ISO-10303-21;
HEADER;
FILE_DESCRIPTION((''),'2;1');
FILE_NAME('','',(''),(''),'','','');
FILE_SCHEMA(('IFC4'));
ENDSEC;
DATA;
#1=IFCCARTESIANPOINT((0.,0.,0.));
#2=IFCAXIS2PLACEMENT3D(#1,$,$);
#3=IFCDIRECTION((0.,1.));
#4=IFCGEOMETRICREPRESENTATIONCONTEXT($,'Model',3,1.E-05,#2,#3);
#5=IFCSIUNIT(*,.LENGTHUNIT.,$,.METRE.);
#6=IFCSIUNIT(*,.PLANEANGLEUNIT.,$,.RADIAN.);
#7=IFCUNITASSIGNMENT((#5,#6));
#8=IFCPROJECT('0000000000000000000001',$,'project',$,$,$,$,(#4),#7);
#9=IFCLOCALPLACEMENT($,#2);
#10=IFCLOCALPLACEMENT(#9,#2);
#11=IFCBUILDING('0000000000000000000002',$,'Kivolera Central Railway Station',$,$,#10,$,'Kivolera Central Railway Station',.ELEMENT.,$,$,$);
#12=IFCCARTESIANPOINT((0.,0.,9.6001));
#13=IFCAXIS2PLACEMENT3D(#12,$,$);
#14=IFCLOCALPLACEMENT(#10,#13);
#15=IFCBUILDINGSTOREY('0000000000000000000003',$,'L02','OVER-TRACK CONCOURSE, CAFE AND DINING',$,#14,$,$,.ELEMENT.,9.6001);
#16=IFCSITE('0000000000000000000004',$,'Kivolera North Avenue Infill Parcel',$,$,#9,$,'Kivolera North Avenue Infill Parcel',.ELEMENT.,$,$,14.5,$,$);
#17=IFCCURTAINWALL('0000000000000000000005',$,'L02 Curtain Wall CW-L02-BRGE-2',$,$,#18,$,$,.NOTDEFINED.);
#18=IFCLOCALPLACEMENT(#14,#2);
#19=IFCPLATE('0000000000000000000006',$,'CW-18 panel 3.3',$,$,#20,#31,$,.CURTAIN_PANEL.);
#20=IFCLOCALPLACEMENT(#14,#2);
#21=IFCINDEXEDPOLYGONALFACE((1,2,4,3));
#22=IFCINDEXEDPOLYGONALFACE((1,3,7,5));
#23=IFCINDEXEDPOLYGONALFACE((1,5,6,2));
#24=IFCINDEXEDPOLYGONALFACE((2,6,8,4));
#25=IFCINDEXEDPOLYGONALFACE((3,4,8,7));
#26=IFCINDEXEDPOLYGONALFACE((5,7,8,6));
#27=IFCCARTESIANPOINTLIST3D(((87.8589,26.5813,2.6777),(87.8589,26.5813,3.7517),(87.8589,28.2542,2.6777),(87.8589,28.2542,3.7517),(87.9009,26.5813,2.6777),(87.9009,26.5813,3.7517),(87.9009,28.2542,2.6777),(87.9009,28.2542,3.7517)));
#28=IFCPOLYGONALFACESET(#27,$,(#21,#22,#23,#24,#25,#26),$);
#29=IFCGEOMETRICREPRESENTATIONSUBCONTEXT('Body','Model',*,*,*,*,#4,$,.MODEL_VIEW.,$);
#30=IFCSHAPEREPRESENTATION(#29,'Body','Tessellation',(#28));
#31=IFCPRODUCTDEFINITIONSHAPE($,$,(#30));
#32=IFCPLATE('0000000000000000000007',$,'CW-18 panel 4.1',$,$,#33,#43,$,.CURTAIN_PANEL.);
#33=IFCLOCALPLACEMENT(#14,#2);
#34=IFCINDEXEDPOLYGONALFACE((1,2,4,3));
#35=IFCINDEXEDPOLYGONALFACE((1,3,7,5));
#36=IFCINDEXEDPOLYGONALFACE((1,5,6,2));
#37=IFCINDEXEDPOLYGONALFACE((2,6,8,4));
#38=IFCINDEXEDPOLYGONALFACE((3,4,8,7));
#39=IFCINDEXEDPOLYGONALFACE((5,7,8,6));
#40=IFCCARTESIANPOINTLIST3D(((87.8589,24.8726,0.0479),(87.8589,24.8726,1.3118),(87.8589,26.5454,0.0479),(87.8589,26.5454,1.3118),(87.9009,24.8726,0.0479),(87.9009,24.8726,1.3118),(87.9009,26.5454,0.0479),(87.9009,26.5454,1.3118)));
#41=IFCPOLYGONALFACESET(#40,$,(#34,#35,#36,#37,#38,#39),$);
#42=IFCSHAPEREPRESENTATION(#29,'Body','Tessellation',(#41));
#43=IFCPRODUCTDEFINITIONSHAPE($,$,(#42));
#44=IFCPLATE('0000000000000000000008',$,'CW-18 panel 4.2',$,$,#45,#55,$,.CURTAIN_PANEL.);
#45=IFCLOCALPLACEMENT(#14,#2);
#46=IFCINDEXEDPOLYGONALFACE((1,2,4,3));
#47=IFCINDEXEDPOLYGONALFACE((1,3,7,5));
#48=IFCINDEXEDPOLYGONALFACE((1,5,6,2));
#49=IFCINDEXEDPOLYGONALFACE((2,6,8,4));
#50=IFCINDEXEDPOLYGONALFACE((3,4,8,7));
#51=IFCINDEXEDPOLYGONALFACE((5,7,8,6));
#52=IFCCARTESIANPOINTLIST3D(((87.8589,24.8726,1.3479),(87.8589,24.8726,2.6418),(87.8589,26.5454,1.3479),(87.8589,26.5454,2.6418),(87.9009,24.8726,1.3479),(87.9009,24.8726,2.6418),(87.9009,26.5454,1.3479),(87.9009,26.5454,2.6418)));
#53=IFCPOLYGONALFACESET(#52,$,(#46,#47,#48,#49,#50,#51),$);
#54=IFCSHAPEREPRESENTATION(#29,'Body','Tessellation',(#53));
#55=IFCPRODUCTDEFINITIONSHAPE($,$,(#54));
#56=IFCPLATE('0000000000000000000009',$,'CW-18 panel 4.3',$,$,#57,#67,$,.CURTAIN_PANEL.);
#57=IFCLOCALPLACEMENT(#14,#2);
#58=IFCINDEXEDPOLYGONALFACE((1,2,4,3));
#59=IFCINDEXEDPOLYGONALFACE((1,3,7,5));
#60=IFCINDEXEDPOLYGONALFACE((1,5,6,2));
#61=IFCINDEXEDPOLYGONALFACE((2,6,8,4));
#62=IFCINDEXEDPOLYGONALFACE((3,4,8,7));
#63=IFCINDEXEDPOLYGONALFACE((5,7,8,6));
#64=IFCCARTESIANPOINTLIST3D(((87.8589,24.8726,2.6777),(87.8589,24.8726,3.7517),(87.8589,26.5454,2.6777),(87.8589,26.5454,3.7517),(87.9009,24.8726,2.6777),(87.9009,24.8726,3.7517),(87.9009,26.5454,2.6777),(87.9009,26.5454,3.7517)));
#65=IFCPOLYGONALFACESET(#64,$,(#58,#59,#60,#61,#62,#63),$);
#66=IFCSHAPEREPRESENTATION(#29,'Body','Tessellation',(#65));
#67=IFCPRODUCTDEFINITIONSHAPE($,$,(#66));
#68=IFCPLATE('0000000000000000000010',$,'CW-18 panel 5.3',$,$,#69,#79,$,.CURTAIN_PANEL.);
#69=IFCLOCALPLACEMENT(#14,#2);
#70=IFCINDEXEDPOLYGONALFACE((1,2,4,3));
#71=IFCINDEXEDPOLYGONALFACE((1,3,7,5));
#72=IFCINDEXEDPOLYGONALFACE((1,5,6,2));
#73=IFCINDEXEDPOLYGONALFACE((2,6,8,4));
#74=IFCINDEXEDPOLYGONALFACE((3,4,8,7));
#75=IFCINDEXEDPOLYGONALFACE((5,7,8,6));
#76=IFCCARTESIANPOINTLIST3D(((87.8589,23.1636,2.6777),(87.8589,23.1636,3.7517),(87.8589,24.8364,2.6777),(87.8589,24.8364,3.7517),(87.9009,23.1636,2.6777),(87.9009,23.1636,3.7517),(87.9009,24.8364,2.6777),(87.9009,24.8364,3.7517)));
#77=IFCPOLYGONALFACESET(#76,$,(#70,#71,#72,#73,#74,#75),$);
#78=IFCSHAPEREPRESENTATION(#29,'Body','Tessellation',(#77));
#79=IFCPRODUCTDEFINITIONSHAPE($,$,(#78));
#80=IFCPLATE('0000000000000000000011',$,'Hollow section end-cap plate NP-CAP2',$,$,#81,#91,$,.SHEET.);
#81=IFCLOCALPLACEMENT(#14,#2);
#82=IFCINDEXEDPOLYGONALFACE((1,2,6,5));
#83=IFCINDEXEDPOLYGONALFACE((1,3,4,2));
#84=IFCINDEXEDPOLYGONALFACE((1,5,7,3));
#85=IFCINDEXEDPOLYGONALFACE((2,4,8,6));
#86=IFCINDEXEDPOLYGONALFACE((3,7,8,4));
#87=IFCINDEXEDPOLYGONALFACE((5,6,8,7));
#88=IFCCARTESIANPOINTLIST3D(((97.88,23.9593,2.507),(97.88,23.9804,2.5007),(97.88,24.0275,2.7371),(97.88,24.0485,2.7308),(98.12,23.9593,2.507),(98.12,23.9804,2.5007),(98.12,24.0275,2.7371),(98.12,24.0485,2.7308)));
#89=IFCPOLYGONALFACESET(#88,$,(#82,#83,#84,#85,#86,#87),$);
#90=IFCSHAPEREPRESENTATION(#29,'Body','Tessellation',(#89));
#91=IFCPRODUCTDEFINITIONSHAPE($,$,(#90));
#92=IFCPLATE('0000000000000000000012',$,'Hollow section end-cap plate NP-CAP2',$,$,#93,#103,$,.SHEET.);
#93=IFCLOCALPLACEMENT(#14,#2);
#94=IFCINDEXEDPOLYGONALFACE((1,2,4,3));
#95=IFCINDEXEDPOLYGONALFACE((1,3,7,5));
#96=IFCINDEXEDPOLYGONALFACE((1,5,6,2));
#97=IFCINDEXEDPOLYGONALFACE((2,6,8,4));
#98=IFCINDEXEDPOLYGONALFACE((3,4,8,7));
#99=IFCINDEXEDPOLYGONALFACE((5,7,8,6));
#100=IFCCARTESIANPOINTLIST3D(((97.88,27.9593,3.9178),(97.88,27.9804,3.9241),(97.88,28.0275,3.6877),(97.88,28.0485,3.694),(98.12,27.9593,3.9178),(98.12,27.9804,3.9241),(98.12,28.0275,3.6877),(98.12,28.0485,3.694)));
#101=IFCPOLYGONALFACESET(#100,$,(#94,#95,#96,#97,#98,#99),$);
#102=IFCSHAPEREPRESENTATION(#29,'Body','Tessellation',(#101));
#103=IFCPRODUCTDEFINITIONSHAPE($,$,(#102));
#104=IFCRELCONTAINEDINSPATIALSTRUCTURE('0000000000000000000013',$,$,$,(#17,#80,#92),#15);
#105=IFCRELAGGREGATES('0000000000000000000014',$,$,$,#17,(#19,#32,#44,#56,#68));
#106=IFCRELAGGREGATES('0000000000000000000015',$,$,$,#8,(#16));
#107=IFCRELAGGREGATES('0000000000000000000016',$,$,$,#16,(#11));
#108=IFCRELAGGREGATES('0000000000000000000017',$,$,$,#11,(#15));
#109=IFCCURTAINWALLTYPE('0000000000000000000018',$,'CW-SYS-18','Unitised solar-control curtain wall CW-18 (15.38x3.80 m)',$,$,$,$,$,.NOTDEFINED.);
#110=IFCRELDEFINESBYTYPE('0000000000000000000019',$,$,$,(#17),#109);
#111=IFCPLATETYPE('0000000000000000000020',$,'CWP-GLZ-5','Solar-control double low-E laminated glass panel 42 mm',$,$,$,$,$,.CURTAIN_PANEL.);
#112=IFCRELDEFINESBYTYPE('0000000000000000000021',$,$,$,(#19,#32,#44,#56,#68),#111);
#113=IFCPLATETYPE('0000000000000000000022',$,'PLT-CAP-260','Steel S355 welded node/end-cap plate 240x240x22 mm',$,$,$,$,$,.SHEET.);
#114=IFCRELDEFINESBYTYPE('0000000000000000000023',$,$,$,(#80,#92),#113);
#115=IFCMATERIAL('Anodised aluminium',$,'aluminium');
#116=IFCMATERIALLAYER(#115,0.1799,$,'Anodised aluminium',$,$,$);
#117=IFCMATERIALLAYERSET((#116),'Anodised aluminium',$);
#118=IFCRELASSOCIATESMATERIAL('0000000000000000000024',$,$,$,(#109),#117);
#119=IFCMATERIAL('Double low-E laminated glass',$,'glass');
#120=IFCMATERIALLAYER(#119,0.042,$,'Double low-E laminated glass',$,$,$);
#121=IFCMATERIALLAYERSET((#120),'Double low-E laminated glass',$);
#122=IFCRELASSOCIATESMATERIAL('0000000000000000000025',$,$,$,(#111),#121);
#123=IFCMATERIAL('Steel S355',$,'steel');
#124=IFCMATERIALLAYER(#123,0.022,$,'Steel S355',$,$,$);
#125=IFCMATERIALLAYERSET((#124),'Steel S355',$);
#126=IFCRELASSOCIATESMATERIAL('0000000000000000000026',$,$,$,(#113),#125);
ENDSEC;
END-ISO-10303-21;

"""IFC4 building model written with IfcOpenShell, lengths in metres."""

from ifc_helpers import new_model, si_unit, direction, frame, origin, origin_2d, place, context, subcontext, project, spatial, rectangle, extrude, material, layer, layer_set, type_object, element, aggregate, save


model = new_model("IFC4")

# Units and contexts
model_context = context("Model", 3, precision=1e-05, world=origin(), true_north=direction((0.0, 1.0)))
body_context = subcontext(model_context, "Body", "Model", "MODEL_VIEW")
ifc_project = project(units=[si_unit("LENGTHUNIT", "METRE"), si_unit("PLANEANGLEUNIT", "RADIAN")], contexts=[model_context])

# Site, building, storey
site_placement = place(None, origin())
site = spatial("IfcSite", under=ifc_project, at=site_placement, Name="Kivolera North Avenue Infill Parcel", LongName="Kivolera North Avenue Infill Parcel", CompositionType="ELEMENT", RefElevation=14.5)
building_placement = place(site_placement, origin())
building = spatial("IfcBuilding", under=site, at=building_placement, Name="Kivolera Central Railway Station", LongName="Kivolera Central Railway Station", CompositionType="ELEMENT")
storey_placement = place(building_placement, frame((0.0, 0.0, 9.6001)))
storey = spatial("IfcBuildingStorey", under=building, at=storey_placement, Name="L02", Description="OVER-TRACK CONCOURSE, CAFE AND DINING", CompositionType="ELEMENT", Elevation=9.6001)

# Shared definitions
ifc_material_1 = material(Name="Steel S355", Category="steel")

# Curtain wall
ifc_material_2 = material(Name="Anodised aluminium", Category="aluminium")
ifc_layer_1 = layer(ifc_material_2, 0.1799, Name="Anodised aluminium")
ifc_layer_set_1 = layer_set([ifc_layer_1], Name="Anodised aluminium")
curtain_wall_type = type_object("IfcCurtainWallType", Name="CW-SYS-18", Description="Unitised solar-control curtain wall CW-18 (15.38x3.80 m)", PredefinedType="NOTDEFINED", material=ifc_layer_set_1)
curtain_wall_placement = place(storey_placement, origin())
curtain_wall = element("IfcCurtainWall", 1, at=curtain_wall_placement, inside=storey, type_object=curtain_wall_type, Name="L02 Curtain Wall CW-L02-BRGE-2", PredefinedType="NOTDEFINED")

# Plates
ifc_material_3 = material(Name="Double low-E laminated glass", Category="glass")
ifc_layer_2 = layer(ifc_material_3, 0.042, Name="Double low-E laminated glass")
ifc_layer_set_2 = layer_set([ifc_layer_2], Name="Double low-E laminated glass")
plate_type_1 = type_object("IfcPlateType", Name="CWP-GLZ-5", Description="Solar-control double low-E laminated glass panel 42 mm", PredefinedType="CURTAIN_PANEL", material=ifc_layer_set_2)
plate_1_placement = place(storey_placement, frame((87.8799, 27.4177, 2.6777), z_axis=(0.0, 0.0, 1.0), x_axis=(0.0, -1.0, 0.0)))
plate_1 = element("IfcPlate", 2, at=plate_1_placement, type_object=plate_type_1, Name="CW-18 panel 3.3", PredefinedType="CURTAIN_PANEL", context=body_context, shape_type="SweptSolid", body=[
    extrude(rectangle(XDim=1.6729, YDim=0.042, at=origin_2d()), origin(), (0.0, 0.0, 1.0), 1.074),
])
plate_2_placement = place(storey_placement, frame((87.8799, 25.709, 0.0479), z_axis=(0.0, 0.0, 1.0), x_axis=(0.0, -1.0, 0.0)))
plate_2 = element("IfcPlate", 3, at=plate_2_placement, type_object=plate_type_1, Name="CW-18 panel 4.1", PredefinedType="CURTAIN_PANEL", context=body_context, shape_type="SweptSolid", body=[
    extrude(rectangle(XDim=1.6729, YDim=0.042, at=origin_2d()), origin(), (0.0, 0.0, 1.0), 1.2639),
])
plate_3_placement = place(storey_placement, frame((87.8799, 25.709, 1.3479), z_axis=(0.0, 0.0, 1.0), x_axis=(0.0, -1.0, 0.0)))
plate_3 = element("IfcPlate", 4, at=plate_3_placement, type_object=plate_type_1, Name="CW-18 panel 4.2", PredefinedType="CURTAIN_PANEL", context=body_context, shape_type="SweptSolid", body=[
    extrude(rectangle(XDim=1.6729, YDim=0.042, at=origin_2d()), origin(), (0.0, 0.0, 1.0), 1.2939),
])
plate_4_placement = place(storey_placement, frame((87.8799, 25.709, 2.6777), z_axis=(0.0, 0.0, 1.0), x_axis=(0.0, -1.0, 0.0)))
plate_4 = element("IfcPlate", 5, at=plate_4_placement, type_object=plate_type_1, Name="CW-18 panel 4.3", PredefinedType="CURTAIN_PANEL", context=body_context, shape_type="SweptSolid", body=[
    extrude(rectangle(XDim=1.6729, YDim=0.042, at=origin_2d()), origin(), (0.0, 0.0, 1.0), 1.074),
])
plate_5_placement = place(storey_placement, frame((87.8799, 24.0, 2.6777), z_axis=(0.0, 0.0, 1.0), x_axis=(0.0, -1.0, 0.0)))
plate_5 = element("IfcPlate", 6, at=plate_5_placement, type_object=plate_type_1, Name="CW-18 panel 5.3", PredefinedType="CURTAIN_PANEL", context=body_context, shape_type="SweptSolid", body=[
    extrude(rectangle(XDim=1.6729, YDim=0.042, at=origin_2d()), origin(), (0.0, 0.0, 1.0), 1.074),
])
aggregate(curtain_wall, [plate_1, plate_2, plate_3, plate_4, plate_5])

# Plates
ifc_layer_3 = layer(ifc_material_1, 0.022, Name="Steel S355")
ifc_layer_set_3 = layer_set([ifc_layer_3], Name="Steel S355")
plate_type_2 = type_object("IfcPlateType", Name="PLT-CAP-260", Description="Steel S355 welded node/end-cap plate 240x240x22 mm", PredefinedType="SHEET", material=ifc_layer_set_3)
for number, where, z_axis, x_axis, name in (
    (7, (98.0, 24.0039, 2.6189), (0.0, -0.95881, 0.284048), (1.0, 0.0, 0.0), "Hollow section end-cap plate NP-CAP2"),
    (8, (98.0, 28.0039, 3.8059), (0.0, 0.95881, 0.284048), (-1.0, 0.0, 0.0), "Hollow section end-cap plate NP-CAP2"),
):
    element("IfcPlate", number, at=place(storey_placement, frame(where, z_axis=z_axis, x_axis=x_axis)), inside=storey, type_object=plate_type_2, Name=name, PredefinedType="SHEET", context=body_context, shape_type="SweptSolid", body=[
        extrude(rectangle(XDim=0.24, YDim=0.24, at=origin_2d()), frame((0.0, 0.0, -0.011)), (0.0, 0.0, 1.0), 0.022),
    ])

save(model, "model.ifc")
